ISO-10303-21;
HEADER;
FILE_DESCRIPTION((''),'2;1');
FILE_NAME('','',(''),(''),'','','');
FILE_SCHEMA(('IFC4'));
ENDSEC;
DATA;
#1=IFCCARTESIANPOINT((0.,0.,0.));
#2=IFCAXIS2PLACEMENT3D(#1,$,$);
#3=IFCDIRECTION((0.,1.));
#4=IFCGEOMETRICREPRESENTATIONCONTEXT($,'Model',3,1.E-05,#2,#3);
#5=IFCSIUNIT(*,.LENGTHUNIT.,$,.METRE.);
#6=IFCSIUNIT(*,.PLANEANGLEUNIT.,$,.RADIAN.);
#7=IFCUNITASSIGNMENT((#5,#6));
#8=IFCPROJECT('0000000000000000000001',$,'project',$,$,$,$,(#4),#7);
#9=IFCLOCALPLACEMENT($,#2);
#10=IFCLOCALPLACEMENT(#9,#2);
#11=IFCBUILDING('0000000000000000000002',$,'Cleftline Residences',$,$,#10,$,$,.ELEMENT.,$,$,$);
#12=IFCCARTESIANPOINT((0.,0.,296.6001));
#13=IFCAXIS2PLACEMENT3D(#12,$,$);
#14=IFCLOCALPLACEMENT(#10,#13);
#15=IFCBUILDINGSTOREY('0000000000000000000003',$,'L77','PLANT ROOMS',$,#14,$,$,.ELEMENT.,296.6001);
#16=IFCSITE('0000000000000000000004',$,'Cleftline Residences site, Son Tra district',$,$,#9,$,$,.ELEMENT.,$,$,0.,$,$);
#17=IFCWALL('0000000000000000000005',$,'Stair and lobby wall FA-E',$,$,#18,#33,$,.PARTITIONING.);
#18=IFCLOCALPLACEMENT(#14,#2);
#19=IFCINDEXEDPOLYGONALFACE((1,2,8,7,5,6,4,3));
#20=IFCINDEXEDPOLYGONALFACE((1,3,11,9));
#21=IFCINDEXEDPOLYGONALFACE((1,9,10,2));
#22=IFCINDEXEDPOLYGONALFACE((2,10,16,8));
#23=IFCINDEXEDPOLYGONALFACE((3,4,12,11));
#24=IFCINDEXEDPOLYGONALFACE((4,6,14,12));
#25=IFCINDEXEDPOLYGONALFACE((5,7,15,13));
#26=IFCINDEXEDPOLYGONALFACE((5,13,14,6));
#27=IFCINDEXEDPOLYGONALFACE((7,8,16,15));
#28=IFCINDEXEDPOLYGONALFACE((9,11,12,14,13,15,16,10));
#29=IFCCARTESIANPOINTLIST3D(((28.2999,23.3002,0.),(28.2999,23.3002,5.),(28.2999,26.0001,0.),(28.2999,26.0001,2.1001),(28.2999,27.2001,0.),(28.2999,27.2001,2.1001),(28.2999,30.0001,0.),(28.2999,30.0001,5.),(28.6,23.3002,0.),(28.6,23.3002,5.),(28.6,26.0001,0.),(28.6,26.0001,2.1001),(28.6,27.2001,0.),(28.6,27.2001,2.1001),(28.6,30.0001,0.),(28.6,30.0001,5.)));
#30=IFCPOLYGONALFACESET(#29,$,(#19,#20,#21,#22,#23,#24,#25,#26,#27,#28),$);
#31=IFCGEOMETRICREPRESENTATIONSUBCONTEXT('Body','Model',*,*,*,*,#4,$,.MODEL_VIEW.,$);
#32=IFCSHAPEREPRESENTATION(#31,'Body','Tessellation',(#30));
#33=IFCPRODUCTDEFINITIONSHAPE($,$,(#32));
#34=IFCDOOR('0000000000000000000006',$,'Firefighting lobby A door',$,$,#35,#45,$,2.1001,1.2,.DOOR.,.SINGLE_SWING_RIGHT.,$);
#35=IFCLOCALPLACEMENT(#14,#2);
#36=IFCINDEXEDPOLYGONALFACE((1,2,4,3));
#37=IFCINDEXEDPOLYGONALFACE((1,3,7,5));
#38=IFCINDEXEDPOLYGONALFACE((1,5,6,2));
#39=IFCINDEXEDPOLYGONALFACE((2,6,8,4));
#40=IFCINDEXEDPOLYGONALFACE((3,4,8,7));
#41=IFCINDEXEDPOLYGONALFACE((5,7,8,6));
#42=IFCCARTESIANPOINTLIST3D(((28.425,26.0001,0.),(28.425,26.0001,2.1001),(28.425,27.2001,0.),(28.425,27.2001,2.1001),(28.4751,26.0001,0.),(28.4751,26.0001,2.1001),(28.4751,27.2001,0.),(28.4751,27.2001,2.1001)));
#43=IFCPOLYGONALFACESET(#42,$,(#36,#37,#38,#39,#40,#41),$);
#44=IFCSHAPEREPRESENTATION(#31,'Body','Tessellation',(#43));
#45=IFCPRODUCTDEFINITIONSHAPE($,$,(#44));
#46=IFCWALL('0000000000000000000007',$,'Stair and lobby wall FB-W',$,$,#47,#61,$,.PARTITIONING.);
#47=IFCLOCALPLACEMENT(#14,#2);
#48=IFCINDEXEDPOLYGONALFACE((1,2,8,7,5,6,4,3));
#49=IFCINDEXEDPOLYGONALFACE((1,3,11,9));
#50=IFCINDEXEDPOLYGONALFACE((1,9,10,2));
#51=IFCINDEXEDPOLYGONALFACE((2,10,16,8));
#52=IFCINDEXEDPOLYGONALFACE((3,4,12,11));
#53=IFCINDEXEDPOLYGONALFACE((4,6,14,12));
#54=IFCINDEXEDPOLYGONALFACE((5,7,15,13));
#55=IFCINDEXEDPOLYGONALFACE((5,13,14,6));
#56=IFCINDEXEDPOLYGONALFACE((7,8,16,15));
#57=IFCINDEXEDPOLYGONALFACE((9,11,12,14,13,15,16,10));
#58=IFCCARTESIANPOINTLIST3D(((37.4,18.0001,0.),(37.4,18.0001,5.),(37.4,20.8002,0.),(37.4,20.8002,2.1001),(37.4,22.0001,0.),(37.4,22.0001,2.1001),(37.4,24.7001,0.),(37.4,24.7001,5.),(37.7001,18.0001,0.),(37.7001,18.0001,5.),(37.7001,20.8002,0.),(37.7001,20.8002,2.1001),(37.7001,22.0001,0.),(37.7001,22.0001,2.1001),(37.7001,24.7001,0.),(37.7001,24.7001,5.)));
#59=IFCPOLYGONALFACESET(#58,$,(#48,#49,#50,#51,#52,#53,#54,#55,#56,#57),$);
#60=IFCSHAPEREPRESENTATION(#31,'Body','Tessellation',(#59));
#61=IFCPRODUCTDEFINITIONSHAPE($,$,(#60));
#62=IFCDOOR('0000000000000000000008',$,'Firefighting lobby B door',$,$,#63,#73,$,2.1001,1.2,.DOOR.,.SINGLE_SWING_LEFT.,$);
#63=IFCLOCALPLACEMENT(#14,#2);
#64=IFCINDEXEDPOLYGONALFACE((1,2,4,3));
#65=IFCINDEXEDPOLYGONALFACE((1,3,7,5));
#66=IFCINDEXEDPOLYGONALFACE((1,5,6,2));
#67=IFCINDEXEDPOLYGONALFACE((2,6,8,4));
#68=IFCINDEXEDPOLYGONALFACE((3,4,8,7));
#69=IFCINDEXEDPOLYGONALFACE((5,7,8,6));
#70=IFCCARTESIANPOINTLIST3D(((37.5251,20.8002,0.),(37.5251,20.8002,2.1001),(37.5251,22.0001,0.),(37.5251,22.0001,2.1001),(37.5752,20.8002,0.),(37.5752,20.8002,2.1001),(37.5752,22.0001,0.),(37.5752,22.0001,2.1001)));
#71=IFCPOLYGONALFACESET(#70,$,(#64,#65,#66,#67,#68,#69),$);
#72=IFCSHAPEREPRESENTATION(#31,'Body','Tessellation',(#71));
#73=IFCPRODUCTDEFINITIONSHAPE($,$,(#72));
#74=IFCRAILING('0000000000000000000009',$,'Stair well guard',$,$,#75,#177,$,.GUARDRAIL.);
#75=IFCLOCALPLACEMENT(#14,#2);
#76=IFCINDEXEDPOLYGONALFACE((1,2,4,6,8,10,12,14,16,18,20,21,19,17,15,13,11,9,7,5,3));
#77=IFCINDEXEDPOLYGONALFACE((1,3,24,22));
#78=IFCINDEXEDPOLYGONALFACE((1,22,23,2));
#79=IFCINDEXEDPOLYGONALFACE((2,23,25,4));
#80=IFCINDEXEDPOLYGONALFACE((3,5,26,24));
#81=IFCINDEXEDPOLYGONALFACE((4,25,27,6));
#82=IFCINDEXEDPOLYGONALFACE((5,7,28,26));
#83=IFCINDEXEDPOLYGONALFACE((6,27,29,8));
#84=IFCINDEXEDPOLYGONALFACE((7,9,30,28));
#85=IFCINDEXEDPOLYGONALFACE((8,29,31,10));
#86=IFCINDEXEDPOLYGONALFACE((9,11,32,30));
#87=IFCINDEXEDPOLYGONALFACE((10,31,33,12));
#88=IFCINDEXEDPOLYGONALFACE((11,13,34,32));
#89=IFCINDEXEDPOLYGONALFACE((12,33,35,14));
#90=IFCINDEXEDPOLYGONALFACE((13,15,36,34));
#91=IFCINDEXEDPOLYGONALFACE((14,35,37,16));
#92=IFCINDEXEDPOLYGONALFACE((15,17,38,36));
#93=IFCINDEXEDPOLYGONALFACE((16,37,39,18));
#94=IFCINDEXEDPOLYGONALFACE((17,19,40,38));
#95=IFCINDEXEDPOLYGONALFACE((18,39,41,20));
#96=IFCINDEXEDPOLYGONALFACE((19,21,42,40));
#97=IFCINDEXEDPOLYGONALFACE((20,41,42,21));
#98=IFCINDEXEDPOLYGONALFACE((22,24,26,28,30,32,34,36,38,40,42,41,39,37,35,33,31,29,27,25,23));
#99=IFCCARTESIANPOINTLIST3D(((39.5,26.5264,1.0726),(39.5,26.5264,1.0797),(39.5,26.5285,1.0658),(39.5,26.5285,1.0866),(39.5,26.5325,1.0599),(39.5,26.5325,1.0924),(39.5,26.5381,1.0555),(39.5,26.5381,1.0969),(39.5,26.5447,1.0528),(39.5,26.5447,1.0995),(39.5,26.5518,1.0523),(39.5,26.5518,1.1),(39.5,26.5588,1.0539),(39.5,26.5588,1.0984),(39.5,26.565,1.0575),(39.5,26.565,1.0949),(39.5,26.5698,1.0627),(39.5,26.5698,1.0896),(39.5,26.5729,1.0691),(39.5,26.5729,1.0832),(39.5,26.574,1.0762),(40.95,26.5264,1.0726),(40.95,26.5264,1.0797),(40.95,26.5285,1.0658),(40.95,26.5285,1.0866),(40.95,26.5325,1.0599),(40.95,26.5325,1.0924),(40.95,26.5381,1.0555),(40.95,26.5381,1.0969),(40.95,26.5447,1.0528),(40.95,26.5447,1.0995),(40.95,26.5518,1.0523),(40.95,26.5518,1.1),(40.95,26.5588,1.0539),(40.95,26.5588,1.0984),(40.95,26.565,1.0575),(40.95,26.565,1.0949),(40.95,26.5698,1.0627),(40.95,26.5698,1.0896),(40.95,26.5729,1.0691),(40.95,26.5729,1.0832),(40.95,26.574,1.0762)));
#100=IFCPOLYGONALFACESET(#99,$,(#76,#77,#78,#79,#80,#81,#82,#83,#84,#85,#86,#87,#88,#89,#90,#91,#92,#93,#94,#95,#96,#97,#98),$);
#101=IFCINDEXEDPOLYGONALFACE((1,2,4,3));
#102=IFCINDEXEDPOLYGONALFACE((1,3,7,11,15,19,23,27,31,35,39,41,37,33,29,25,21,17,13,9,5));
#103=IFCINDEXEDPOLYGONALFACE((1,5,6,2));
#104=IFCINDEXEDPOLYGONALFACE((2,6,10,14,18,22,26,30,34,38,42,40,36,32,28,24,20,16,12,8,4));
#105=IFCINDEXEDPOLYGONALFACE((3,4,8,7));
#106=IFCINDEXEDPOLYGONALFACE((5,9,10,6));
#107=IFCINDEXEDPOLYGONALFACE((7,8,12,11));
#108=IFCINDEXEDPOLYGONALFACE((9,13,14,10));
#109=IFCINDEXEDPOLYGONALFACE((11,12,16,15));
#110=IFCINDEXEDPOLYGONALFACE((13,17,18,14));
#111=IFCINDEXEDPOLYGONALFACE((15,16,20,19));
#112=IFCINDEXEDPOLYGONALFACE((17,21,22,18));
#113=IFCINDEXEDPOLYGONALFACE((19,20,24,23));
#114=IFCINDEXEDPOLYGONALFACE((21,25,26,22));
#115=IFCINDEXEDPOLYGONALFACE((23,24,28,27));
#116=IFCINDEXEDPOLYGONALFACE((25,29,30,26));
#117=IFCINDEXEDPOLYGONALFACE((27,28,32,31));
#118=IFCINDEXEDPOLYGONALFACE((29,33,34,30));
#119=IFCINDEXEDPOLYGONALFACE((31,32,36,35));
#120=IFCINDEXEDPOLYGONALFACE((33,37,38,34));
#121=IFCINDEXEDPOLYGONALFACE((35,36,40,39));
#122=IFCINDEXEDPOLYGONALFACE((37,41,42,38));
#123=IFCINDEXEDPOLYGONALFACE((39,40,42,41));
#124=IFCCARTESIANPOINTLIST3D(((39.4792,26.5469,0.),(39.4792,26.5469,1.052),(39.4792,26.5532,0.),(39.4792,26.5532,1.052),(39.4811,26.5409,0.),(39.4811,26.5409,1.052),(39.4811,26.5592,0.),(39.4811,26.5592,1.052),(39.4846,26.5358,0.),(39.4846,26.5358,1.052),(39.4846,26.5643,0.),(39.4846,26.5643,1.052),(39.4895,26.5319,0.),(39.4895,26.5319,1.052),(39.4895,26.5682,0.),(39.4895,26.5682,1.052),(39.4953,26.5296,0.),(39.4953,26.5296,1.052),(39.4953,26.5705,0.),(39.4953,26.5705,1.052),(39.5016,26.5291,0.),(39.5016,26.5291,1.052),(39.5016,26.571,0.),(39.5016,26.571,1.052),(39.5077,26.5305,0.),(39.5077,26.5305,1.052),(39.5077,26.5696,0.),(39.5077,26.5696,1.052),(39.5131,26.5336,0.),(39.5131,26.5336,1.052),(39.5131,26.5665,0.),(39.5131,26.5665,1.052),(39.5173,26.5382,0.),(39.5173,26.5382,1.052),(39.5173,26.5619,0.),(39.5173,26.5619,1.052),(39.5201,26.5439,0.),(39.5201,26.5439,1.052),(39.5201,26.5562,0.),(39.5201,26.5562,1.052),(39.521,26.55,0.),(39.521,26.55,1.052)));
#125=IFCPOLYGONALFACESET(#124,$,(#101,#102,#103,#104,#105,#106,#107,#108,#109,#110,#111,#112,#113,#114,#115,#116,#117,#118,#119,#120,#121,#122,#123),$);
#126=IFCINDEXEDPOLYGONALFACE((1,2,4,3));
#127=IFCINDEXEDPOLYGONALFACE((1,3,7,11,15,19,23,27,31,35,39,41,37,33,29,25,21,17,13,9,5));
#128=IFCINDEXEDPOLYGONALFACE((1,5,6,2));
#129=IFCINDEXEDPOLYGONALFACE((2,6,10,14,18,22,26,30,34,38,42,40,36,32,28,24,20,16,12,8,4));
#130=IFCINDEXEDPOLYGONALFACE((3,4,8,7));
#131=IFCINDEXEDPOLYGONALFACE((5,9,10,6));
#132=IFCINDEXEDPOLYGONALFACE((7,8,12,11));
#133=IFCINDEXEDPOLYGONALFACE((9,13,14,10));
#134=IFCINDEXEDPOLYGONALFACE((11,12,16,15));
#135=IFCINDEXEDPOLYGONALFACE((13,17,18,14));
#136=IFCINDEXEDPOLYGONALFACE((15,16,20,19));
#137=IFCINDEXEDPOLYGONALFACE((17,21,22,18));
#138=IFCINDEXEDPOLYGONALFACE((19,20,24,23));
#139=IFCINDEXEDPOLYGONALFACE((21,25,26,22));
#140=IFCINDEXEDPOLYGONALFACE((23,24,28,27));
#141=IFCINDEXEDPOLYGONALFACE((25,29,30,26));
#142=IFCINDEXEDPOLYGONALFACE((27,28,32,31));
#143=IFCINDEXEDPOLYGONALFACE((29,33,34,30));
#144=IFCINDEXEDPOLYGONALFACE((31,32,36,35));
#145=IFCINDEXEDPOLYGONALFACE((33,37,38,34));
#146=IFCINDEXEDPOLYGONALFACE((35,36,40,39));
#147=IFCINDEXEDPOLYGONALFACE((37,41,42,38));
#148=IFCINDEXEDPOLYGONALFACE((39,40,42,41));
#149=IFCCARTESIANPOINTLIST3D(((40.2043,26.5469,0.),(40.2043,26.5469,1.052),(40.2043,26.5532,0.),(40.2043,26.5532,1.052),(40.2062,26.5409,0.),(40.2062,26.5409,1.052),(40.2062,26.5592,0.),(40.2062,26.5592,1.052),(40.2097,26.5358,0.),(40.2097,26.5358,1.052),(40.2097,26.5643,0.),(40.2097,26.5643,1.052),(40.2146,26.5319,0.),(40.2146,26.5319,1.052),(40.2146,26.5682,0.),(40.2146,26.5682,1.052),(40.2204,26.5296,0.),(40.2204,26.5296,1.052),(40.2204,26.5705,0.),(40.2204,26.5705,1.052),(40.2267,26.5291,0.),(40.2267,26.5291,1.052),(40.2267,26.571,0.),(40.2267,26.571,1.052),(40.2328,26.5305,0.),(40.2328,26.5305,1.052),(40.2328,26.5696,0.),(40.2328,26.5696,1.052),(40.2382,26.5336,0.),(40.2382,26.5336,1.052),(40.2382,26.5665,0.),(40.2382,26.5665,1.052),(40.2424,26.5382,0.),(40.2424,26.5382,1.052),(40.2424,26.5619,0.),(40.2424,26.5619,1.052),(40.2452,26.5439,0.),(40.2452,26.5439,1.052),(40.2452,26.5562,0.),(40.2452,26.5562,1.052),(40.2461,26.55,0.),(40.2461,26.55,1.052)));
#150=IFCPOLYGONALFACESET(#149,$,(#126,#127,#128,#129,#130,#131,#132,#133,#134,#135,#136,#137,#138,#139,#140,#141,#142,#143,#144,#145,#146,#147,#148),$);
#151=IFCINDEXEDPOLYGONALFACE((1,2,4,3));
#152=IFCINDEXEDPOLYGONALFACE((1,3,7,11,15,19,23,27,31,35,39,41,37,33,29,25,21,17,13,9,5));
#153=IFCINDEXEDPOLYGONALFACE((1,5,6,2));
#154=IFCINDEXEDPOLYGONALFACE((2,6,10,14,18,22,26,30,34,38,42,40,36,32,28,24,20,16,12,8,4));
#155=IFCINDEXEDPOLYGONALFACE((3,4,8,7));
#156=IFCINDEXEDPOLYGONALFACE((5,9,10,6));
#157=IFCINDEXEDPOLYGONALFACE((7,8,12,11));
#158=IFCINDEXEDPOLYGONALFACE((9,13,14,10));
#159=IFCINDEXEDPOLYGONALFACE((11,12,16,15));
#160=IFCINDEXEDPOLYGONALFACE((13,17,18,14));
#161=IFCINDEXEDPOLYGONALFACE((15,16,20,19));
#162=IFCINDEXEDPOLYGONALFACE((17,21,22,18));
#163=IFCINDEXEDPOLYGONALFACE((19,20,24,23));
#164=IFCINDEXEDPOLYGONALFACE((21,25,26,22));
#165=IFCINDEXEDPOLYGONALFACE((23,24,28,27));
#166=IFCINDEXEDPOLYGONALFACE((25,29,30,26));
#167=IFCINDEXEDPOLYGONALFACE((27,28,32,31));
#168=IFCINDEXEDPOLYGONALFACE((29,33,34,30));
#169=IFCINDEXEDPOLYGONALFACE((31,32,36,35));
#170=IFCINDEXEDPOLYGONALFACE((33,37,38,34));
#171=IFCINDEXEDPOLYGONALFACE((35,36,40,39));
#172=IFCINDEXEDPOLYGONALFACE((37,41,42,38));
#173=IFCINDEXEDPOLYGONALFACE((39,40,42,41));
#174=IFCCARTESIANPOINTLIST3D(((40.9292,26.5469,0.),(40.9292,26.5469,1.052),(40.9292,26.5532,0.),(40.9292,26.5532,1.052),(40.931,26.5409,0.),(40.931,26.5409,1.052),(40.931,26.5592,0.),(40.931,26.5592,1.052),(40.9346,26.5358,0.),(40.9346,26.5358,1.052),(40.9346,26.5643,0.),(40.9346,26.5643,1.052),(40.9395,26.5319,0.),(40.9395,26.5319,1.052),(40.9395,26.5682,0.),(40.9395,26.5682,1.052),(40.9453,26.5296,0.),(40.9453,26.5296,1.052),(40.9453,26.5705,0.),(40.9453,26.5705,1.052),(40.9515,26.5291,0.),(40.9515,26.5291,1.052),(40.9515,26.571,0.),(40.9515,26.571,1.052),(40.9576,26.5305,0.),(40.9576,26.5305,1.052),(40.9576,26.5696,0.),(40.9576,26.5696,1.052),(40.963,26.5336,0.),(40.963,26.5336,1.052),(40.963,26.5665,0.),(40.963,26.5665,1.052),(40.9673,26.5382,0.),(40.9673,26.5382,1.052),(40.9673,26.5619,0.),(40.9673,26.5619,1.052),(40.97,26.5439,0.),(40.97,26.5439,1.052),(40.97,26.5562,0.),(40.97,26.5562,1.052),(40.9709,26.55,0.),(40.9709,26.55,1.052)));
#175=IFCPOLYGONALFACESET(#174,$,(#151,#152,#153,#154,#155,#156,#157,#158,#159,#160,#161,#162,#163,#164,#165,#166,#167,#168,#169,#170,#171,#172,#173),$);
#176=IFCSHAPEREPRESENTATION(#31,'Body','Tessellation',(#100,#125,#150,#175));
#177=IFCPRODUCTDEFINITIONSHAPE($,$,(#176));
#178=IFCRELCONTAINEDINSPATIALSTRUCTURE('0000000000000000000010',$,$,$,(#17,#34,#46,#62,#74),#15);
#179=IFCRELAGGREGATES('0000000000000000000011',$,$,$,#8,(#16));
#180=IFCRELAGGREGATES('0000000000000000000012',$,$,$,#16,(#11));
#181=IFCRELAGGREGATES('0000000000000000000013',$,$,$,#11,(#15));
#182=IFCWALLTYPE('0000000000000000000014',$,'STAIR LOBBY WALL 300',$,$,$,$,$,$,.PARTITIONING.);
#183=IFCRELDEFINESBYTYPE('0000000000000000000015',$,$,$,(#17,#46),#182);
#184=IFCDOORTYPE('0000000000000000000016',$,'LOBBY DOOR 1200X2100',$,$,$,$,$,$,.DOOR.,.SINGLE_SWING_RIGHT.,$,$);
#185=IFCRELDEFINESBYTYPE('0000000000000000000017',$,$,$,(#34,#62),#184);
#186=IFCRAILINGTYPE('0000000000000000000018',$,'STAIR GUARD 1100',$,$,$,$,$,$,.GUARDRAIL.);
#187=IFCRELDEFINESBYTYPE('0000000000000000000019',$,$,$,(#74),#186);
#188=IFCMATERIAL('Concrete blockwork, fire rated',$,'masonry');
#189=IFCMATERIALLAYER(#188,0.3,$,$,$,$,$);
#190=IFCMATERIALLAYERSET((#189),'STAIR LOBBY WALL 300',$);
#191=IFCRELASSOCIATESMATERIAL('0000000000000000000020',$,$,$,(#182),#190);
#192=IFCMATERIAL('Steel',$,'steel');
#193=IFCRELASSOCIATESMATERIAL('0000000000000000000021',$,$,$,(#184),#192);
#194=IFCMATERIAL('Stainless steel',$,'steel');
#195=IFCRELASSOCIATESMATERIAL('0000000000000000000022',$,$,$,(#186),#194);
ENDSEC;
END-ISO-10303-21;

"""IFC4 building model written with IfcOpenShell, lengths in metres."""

from ifc_helpers import new_model, si_unit, direction, frame, frame_2d, origin, origin_2d, place, context, subcontext, project, spatial, rectangle, circle, extrude, material, layer, layer_set, type_object, element, fill, save


model = new_model("IFC4")

# Units and contexts
model_context = context("Model", 3, precision=1e-05, world=origin(), true_north=direction((0.0, 1.0)))
body_context = subcontext(model_context, "Body", "Model", "MODEL_VIEW")
ifc_project = project(units=[si_unit("LENGTHUNIT", "METRE"), si_unit("PLANEANGLEUNIT", "RADIAN")], contexts=[model_context])

# Site, building, storey
site_placement = place(None, origin())
site = spatial("IfcSite", under=ifc_project, at=site_placement, Name="Cleftline Residences site, Son Tra district", CompositionType="ELEMENT", RefElevation=0.0)
building_placement = place(site_placement, origin())
building = spatial("IfcBuilding", under=site, at=building_placement, Name="Cleftline Residences", CompositionType="ELEMENT")
storey_placement = place(building_placement, frame((0.0, 0.0, 296.6001)))
storey = spatial("IfcBuildingStorey", under=building, at=storey_placement, Name="L77", Description="PLANT ROOMS", CompositionType="ELEMENT", Elevation=296.6001)

# Walls, openings, doors
ifc_material_1 = material(Name="Concrete blockwork, fire rated", Category="masonry")
ifc_layer_1 = layer(ifc_material_1, 0.3)
ifc_layer_set_1 = layer_set([ifc_layer_1], Name="STAIR LOBBY WALL 300")
wall_type_1 = type_object("IfcWallType", Name="STAIR LOBBY WALL 300", PredefinedType="PARTITIONING", material=ifc_layer_set_1)
wall_1_placement = place(storey_placement, frame((28.45, 23.3, 0.0), z_axis=(0.0, 0.0, 1.0), x_axis=(0.0, 1.0, 0.0)))
wall_1 = element("IfcWall", 1, at=wall_1_placement, inside=storey, type_object=wall_type_1, Name="Stair and lobby wall FA-E", PredefinedType="PARTITIONING", context=body_context, shape_type="SweptSolid", body=[
    extrude(rectangle(XDim=6.7, YDim=0.3, at=frame_2d((3.3501, 0.0))), origin(), (0.0, 0.0, 1.0), 5.0),
])
opening_1_placement = place(wall_1_placement, frame((2.7, 0.0, 0.0)))
opening_1 = element("IfcOpeningElement", 2, at=opening_1_placement, cuts=wall_1, PredefinedType="OPENING", context=body_context, shape_type="SweptSolid", body=[
    extrude(rectangle(XDim=1.2, YDim=2.1001, at=frame_2d((0.6001, 1.05))), frame((0.0, 0.1599, 0.0), z_axis=(0.0, -1.0, 0.0), x_axis=(1.0, 0.0, 0.0)), (0.0, 0.0, 1.0), 0.3201),
])
ifc_material_2 = material(Name="Steel", Category="steel")
door_type_1 = type_object("IfcDoorType", Name="LOBBY DOOR 1200X2100", OperationType="SINGLE_SWING_RIGHT", PredefinedType="DOOR", material=ifc_material_2)
door_1_placement = place(opening_1_placement, origin())
door_1 = element("IfcDoor", 3, at=door_1_placement, inside=storey, type_object=door_type_1, Name="Firefighting lobby A door", OperationType="SINGLE_SWING_RIGHT", OverallHeight=2.1001, OverallWidth=1.2, PredefinedType="DOOR", context=body_context, shape_type="SweptSolid", body=[
    extrude(rectangle(XDim=1.2, YDim=2.1001, at=frame_2d((0.6001, 1.05))), frame((0.0, 0.0249, 0.0), z_axis=(0.0, -1.0, 0.0), x_axis=(1.0, 0.0, 0.0)), (0.0, 0.0, 1.0), 0.05),
])
fill(opening_1, door_1)
wall_2_placement = place(storey_placement, frame((37.55, 18.0, 0.0), z_axis=(0.0, 0.0, 1.0), x_axis=(0.0, 1.0, 0.0)))
wall_2 = element("IfcWall", 4, at=wall_2_placement, inside=storey, type_object=wall_type_1, Name="Stair and lobby wall FB-W", PredefinedType="PARTITIONING", context=body_context, shape_type="SweptSolid", body=[
    extrude(rectangle(XDim=6.7, YDim=0.3, at=frame_2d((3.3501, 0.0))), origin(), (0.0, 0.0, 1.0), 5.0),
])
opening_2_placement = place(wall_2_placement, frame((2.8, 0.0, 0.0)))
opening_2 = element("IfcOpeningElement", 5, at=opening_2_placement, cuts=wall_2, PredefinedType="OPENING", context=body_context, shape_type="SweptSolid", body=[
    extrude(rectangle(XDim=1.2, YDim=2.1001, at=frame_2d((0.6001, 1.05))), frame((0.0, 0.1599, 0.0), z_axis=(0.0, -1.0, 0.0), x_axis=(1.0, 0.0, 0.0)), (0.0, 0.0, 1.0), 0.3201),
])
door_2_placement = place(opening_2_placement, origin())
door_2 = element("IfcDoor", 6, at=door_2_placement, inside=storey, type_object=door_type_1, Name="Firefighting lobby B door", OperationType="SINGLE_SWING_LEFT", OverallHeight=2.1001, OverallWidth=1.2, PredefinedType="DOOR", context=body_context, shape_type="SweptSolid", body=[
    extrude(rectangle(XDim=1.2, YDim=2.1001, at=frame_2d((0.6001, 1.05))), frame((0.0, 0.0249, 0.0), z_axis=(0.0, -1.0, 0.0), x_axis=(1.0, 0.0, 0.0)), (0.0, 0.0, 1.0), 0.05),
])
fill(opening_2, door_2)

# Railing
ifc_material_3 = material(Name="Stainless steel", Category="steel")
railing_type = type_object("IfcRailingType", Name="STAIR GUARD 1100", PredefinedType="GUARDRAIL", material=ifc_material_3)
railing_placement = place(storey_placement, frame((39.5, 26.55, 0.0)))
element("IfcRailing", 7, at=railing_placement, inside=storey, type_object=railing_type, Name="Stair well guard", PredefinedType="GUARDRAIL", context=body_context, shape_type="SweptSolid", body=[
    extrude(circle(Radius=0.0239, at=origin_2d()), frame((0.0, 0.0, 1.0762), z_axis=(1.0, 0.0, 0.0), x_axis=(0.0, 1.0, 0.0)), (0.0, 0.0, 1.0), 1.45),
    extrude(circle(Radius=0.021, at=origin_2d()), origin(), (0.0, 0.0, 1.0), 1.052),
    extrude(circle(Radius=0.021, at=origin_2d()), frame((0.7251, 0.0, 0.0)), (0.0, 0.0, 1.0), 1.052),
    extrude(circle(Radius=0.021, at=origin_2d()), frame((1.45, 0.0, 0.0)), (0.0, 0.0, 1.0), 1.052),
])

save(model, "model.ifc")
